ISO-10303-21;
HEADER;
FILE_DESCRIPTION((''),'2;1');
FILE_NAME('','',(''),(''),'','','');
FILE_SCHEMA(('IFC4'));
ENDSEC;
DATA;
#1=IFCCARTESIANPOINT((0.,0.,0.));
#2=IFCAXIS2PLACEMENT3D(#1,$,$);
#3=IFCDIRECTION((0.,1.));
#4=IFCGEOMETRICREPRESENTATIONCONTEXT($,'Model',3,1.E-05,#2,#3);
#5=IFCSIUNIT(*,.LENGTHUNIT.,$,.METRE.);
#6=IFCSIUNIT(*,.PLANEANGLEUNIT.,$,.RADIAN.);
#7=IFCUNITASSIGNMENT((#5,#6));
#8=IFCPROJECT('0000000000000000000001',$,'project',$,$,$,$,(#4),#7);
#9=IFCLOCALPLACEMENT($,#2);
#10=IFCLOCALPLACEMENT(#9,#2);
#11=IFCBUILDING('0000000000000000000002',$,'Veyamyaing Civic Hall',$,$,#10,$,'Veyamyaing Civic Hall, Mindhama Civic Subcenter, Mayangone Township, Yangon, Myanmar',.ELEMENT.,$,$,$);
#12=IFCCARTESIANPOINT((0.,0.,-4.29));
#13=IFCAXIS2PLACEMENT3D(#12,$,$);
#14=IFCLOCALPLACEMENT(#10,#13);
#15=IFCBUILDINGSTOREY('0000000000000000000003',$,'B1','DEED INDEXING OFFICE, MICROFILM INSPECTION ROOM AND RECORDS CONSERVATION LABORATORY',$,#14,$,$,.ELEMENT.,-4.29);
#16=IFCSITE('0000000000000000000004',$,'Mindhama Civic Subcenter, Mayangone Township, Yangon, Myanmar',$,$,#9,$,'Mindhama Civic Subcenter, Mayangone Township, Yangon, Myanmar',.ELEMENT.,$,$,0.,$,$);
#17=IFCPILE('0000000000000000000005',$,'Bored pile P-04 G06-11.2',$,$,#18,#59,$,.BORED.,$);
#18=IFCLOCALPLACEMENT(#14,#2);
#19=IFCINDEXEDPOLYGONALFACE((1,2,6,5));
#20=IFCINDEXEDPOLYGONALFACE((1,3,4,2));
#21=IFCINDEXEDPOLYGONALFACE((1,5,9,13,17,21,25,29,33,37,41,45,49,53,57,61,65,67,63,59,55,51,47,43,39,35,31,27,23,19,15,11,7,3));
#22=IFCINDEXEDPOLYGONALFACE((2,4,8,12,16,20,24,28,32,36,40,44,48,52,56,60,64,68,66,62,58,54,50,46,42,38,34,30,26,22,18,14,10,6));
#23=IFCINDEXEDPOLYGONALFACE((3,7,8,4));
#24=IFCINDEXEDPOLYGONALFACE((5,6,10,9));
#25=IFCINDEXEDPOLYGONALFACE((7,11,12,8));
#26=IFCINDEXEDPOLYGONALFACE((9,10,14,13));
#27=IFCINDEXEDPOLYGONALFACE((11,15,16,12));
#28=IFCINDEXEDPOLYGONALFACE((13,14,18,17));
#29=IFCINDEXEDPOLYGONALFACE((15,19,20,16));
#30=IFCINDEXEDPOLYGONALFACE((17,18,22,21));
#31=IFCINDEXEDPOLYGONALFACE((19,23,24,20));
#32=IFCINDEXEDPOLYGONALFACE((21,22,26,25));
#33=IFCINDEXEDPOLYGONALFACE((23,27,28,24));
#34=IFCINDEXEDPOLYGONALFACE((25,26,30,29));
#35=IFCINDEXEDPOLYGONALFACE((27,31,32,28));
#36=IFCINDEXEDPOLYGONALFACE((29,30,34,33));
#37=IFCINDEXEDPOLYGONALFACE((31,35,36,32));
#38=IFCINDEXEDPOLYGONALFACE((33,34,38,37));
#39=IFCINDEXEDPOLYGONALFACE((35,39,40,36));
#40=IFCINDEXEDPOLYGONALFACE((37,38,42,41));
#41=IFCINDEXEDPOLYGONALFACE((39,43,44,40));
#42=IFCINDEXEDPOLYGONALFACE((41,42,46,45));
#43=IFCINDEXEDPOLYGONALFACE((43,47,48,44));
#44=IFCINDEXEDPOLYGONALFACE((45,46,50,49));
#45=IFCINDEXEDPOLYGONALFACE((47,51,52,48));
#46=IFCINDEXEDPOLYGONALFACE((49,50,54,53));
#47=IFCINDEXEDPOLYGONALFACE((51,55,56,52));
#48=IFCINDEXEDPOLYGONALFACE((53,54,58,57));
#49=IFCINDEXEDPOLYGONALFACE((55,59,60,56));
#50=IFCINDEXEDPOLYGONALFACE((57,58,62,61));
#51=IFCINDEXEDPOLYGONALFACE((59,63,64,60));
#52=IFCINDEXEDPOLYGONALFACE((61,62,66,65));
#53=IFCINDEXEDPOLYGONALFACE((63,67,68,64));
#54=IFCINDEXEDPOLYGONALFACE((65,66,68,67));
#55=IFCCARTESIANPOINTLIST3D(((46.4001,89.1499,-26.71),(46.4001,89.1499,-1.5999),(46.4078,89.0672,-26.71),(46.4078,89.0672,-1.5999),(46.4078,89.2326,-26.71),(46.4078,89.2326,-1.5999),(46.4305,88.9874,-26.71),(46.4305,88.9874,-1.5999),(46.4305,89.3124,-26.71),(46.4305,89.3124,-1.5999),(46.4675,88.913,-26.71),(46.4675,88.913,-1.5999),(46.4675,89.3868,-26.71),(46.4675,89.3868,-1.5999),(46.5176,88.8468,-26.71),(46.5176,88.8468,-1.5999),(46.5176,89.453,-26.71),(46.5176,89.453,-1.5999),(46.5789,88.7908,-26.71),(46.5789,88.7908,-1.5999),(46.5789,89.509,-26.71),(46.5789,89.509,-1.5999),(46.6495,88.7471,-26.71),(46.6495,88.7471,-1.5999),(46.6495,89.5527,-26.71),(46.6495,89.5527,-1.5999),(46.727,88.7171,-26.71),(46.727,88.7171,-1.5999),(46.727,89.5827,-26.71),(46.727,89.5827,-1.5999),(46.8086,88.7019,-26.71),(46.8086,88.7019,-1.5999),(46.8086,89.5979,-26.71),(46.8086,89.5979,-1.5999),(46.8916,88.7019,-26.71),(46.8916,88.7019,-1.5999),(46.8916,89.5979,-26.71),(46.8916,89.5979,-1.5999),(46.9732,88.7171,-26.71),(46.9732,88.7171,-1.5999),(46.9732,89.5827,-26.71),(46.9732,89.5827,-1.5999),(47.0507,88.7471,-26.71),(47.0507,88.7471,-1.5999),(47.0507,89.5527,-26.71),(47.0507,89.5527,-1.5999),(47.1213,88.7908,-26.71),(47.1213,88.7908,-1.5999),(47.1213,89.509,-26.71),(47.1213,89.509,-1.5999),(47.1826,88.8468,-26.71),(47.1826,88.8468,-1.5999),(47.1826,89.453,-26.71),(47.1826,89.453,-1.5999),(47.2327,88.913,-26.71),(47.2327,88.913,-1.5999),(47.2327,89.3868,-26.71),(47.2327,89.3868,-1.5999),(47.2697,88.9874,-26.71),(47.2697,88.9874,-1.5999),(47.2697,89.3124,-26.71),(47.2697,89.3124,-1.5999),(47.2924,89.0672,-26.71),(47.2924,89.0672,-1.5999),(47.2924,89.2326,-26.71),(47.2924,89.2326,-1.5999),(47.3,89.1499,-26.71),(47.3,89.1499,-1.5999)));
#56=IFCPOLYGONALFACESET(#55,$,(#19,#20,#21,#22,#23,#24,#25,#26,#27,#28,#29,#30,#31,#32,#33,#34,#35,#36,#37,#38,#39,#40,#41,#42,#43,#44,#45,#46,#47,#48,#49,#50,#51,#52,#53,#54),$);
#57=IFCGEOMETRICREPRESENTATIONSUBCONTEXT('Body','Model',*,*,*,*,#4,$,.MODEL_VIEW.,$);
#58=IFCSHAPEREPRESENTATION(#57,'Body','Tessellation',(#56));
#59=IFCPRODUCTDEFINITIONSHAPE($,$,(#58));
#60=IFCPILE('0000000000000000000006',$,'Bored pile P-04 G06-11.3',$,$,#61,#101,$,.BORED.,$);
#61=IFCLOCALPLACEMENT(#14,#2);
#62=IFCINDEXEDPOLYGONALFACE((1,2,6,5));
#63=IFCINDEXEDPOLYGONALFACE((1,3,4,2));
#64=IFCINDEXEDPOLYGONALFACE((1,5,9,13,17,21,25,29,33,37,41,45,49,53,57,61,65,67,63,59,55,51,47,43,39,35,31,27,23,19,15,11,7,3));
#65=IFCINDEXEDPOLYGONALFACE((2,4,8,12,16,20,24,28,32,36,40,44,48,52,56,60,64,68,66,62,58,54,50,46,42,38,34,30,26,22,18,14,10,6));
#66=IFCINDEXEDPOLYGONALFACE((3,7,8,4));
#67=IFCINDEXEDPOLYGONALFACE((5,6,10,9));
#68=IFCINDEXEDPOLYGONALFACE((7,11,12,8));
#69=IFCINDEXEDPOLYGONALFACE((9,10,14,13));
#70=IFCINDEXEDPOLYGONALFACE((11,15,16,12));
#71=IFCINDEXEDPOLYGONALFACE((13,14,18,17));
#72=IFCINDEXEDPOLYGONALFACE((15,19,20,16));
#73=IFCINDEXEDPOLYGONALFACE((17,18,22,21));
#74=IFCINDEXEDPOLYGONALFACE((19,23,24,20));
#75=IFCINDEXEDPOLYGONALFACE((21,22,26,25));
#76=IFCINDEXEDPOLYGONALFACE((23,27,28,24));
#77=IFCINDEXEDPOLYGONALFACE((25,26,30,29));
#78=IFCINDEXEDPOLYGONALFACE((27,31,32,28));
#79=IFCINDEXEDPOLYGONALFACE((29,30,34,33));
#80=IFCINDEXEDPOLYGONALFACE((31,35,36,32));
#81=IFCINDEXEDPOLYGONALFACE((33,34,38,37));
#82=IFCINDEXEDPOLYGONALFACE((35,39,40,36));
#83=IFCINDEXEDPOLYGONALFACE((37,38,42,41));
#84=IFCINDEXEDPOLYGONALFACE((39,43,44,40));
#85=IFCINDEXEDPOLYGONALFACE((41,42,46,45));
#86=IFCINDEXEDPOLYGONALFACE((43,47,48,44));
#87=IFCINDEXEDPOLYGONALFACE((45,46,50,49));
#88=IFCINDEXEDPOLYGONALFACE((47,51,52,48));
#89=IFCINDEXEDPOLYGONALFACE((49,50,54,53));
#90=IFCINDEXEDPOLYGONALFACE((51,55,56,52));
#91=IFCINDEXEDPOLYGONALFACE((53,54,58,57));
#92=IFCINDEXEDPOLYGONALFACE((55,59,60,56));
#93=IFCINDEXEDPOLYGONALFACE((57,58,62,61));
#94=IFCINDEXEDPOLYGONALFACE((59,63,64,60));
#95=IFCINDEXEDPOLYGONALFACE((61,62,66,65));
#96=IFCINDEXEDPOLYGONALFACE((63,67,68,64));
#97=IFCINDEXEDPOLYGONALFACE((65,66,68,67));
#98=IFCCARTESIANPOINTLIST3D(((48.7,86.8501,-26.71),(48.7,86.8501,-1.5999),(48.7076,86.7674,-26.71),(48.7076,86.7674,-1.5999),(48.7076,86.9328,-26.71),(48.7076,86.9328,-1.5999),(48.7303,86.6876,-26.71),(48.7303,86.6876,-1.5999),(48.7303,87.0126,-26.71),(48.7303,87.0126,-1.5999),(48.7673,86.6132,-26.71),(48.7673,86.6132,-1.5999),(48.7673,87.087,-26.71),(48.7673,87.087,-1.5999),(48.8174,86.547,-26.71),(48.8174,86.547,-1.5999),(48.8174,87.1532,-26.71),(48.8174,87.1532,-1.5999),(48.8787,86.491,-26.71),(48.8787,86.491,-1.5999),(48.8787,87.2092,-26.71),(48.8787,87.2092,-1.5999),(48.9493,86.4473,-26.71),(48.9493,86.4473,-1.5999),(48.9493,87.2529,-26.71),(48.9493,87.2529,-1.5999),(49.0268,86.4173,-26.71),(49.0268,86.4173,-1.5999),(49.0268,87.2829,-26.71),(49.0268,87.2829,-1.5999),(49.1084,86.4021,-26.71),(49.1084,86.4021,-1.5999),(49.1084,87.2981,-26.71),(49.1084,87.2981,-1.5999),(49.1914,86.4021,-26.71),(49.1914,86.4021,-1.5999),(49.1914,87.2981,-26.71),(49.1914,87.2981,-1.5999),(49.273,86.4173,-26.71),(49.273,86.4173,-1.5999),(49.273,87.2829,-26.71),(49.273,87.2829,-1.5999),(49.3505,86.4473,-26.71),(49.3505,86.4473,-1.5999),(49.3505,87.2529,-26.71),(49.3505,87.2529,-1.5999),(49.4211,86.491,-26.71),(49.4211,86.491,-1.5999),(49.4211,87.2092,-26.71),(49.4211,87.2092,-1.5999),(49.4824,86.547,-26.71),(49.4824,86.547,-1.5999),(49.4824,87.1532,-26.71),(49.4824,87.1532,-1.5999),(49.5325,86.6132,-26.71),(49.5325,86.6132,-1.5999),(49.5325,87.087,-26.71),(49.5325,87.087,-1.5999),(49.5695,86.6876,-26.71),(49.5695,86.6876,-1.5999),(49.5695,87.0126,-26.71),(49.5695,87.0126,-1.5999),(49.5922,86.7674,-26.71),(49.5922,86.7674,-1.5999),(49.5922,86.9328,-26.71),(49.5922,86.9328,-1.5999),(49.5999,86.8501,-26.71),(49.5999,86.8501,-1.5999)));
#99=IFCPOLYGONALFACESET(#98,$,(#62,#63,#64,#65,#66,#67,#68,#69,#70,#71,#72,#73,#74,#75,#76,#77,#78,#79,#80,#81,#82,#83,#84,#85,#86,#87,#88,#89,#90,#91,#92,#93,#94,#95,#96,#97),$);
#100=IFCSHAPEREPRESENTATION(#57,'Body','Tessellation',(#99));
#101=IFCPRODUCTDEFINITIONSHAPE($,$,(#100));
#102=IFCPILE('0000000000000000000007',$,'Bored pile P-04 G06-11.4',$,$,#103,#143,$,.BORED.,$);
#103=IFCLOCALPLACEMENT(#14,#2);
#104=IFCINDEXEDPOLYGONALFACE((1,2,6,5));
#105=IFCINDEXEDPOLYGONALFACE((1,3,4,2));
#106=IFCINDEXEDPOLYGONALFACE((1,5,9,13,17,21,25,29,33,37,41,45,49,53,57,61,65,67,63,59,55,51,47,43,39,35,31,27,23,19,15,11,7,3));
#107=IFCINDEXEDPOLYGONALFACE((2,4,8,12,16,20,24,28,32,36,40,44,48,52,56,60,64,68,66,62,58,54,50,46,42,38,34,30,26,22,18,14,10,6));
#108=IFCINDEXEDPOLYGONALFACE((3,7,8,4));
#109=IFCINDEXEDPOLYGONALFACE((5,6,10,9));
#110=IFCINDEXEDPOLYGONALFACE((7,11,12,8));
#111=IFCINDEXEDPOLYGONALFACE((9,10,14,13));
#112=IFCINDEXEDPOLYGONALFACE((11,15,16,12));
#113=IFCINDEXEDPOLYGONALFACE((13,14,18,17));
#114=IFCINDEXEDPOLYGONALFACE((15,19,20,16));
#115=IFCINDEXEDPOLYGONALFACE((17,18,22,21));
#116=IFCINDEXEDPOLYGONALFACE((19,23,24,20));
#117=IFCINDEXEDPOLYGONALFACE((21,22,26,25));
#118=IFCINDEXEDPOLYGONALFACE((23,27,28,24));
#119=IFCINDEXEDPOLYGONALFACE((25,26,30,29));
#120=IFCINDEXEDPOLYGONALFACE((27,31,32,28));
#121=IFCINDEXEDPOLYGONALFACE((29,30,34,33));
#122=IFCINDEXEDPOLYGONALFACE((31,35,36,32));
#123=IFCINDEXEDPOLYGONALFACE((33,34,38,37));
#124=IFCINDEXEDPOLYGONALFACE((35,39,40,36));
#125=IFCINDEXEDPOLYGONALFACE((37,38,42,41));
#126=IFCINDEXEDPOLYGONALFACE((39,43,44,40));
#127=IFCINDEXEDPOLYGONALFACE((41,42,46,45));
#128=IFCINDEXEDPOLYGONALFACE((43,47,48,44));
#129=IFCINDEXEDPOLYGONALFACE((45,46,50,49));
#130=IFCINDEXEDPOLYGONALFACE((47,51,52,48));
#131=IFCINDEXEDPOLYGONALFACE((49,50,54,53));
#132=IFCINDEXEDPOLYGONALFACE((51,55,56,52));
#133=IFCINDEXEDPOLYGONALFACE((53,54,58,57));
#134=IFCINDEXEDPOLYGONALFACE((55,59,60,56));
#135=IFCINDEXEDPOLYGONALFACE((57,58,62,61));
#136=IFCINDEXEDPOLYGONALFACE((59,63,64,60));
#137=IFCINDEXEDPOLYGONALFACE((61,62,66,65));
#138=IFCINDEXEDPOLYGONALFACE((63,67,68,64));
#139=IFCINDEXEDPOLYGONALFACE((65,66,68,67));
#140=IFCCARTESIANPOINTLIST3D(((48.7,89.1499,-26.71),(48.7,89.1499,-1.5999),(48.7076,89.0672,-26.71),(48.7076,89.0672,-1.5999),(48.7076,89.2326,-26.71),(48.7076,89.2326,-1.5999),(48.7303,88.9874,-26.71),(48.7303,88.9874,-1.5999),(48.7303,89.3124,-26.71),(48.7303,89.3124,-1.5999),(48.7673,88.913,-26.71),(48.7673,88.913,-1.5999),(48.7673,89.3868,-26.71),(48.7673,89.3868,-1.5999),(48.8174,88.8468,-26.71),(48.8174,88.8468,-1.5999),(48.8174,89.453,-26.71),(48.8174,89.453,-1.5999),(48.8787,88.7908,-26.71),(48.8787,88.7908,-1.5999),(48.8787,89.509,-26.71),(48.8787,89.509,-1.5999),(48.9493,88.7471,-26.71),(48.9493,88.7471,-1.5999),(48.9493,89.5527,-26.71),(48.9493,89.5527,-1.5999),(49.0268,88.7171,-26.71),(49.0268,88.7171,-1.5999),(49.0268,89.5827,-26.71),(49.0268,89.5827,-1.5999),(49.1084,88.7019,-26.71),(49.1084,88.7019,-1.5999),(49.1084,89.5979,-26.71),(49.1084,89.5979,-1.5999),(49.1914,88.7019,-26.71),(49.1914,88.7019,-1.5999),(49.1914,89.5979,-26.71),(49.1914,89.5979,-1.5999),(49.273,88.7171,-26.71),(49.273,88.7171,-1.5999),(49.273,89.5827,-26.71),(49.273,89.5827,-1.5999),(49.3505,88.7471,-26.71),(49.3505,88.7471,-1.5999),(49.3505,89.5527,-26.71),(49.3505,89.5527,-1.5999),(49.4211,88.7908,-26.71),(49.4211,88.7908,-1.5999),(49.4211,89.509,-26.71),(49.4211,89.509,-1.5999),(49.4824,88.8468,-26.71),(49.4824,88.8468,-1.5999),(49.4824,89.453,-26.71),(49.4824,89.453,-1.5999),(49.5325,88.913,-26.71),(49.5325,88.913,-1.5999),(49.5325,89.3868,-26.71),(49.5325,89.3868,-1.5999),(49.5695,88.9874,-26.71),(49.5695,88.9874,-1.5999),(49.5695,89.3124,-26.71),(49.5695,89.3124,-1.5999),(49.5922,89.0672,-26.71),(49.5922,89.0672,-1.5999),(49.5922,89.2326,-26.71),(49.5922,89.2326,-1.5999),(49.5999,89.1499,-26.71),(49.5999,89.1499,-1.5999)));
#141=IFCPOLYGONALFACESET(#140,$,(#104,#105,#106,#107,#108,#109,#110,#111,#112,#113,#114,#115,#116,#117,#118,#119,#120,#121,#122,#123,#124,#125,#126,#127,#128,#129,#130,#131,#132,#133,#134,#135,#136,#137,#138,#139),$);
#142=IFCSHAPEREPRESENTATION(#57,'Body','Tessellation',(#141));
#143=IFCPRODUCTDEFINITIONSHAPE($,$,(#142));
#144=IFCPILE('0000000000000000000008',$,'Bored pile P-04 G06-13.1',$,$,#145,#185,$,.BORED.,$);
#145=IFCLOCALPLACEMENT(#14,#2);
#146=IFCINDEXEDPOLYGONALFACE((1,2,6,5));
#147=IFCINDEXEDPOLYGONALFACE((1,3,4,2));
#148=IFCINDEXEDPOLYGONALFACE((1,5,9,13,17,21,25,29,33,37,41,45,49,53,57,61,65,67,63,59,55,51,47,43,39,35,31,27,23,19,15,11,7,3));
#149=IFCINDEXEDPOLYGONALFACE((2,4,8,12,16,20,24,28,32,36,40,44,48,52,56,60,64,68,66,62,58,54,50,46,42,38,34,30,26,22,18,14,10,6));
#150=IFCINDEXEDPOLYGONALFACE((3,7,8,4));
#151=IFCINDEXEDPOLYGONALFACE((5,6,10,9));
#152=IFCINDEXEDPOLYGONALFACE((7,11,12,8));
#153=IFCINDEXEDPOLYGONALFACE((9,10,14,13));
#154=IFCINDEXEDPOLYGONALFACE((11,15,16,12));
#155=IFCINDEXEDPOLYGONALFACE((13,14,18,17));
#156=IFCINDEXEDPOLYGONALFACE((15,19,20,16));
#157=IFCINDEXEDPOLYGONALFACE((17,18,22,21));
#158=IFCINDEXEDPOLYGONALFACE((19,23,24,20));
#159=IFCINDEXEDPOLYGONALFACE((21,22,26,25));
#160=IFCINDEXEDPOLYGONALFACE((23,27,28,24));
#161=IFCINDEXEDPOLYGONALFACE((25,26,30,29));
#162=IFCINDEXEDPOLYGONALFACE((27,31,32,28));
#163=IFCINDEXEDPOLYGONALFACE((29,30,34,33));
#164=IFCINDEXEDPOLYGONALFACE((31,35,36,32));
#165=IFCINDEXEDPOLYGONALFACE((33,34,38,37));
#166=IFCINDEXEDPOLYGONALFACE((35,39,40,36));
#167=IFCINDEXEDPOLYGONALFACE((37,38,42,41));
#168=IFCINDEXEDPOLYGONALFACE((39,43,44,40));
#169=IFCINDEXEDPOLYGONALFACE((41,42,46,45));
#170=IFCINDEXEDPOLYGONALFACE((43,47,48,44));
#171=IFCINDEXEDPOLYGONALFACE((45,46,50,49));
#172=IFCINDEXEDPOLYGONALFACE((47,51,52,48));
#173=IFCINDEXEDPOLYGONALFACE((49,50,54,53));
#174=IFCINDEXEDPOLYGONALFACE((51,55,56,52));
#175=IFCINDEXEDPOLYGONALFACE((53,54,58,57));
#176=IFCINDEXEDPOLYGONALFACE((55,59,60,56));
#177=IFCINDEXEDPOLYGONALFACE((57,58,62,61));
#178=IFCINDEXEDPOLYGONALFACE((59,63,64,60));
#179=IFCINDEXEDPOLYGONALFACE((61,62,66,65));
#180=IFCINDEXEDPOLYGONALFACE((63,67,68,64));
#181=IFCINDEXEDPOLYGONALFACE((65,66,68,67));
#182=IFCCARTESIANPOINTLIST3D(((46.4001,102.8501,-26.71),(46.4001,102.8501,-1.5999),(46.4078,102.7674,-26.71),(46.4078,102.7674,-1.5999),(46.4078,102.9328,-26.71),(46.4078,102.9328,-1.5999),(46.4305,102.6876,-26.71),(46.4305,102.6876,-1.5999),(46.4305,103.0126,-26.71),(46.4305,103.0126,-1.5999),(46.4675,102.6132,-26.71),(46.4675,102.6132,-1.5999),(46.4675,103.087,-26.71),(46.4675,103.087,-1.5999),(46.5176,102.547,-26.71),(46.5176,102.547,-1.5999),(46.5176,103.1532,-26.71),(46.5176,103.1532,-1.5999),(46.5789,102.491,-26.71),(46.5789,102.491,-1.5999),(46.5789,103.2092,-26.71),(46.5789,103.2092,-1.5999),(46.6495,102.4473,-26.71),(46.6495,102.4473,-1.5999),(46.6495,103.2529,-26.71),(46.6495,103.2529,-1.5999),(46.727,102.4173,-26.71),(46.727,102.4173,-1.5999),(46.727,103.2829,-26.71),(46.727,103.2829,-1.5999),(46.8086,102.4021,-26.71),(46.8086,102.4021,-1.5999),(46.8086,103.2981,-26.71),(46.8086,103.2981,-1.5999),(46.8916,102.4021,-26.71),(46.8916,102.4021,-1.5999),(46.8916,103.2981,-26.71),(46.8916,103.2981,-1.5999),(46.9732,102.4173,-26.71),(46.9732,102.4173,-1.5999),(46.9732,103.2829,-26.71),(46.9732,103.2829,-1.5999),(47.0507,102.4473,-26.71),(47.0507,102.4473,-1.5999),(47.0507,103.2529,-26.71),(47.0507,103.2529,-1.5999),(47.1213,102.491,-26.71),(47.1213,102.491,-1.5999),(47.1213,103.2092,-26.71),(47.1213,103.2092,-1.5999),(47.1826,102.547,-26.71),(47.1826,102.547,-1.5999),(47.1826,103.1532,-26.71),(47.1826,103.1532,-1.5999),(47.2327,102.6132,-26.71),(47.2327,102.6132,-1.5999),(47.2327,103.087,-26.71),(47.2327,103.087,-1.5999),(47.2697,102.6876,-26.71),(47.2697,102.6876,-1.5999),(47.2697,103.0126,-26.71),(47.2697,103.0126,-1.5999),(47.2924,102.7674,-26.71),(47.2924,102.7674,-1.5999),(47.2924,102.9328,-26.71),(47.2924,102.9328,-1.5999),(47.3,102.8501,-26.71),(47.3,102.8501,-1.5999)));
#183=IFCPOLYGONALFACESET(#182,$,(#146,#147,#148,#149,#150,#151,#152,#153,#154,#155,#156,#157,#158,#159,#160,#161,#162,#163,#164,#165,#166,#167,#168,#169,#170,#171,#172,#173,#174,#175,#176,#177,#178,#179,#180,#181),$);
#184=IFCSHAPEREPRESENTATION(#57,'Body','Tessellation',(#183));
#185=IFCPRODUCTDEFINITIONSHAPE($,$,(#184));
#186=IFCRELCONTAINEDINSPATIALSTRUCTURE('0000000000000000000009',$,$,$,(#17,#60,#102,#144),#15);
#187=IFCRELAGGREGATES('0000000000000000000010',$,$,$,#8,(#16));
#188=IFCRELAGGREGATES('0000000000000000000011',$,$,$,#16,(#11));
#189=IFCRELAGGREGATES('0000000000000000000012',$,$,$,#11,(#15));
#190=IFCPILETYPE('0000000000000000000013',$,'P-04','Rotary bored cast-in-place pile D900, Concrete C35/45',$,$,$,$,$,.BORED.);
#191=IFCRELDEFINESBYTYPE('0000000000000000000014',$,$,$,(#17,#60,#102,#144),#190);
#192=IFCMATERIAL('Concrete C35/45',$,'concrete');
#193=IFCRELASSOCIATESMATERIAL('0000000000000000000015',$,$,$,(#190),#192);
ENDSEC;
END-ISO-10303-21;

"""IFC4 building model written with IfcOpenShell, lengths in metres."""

from ifc_helpers import new_model, si_unit, direction, frame, origin, origin_2d, place, context, subcontext, project, spatial, circle, extrude, material, material_profile, profile_set, type_object, element, save


model = new_model("IFC4")

# Units and contexts
model_context = context("Model", 3, precision=1e-05, world=origin(), true_north=direction((0.0, 1.0)))
body_context = subcontext(model_context, "Body", "Model", "MODEL_VIEW")
ifc_project = project(units=[si_unit("LENGTHUNIT", "METRE"), si_unit("PLANEANGLEUNIT", "RADIAN")], contexts=[model_context])

# Site, building, storey
site_placement = place(None, origin())
site = spatial("IfcSite", under=ifc_project, at=site_placement, Name="Mindhama Civic Subcenter, Mayangone Township, Yangon, Myanmar", LongName="Mindhama Civic Subcenter, Mayangone Township, Yangon, Myanmar", CompositionType="ELEMENT", RefElevation=0.0)
building_placement = place(site_placement, origin())
building = spatial("IfcBuilding", under=site, at=building_placement, Name="Veyamyaing Civic Hall", LongName="Veyamyaing Civic Hall, Mindhama Civic Subcenter, Mayangone Township, Yangon, Myanmar", CompositionType="ELEMENT")
storey_placement = place(building_placement, frame((0.0, 0.0, -4.29)))
storey = spatial("IfcBuildingStorey", under=building, at=storey_placement, Name="B1", Description="DEED INDEXING OFFICE, MICROFILM INSPECTION ROOM AND RECORDS CONSERVATION LABORATORY", CompositionType="ELEMENT", Elevation=-4.29)

# Piles
ifc_material_1 = material(Name="Concrete C35/45", Category="concrete")
ifc_material_profile_1 = material_profile(ifc_material_1, circle(Radius=0.45, at=origin_2d()), Name="PILE-D900")
ifc_profile_set_1 = profile_set([ifc_material_profile_1], Name="Concrete C35/45")
pile_type_1 = type_object("IfcPileType", Name="P-04", Description="Rotary bored cast-in-place pile D900, Concrete C35/45", PredefinedType="BORED", material=ifc_profile_set_1)
for number, where, z_axis, x_axis, name in (
    (1, (46.8501, 89.1499, -1.5999), (0.0, 0.0, -1.0), (1.0, 0.0, 0.0), "Bored pile P-04 G06-11.2"),
    (2, (49.1499, 86.8501, -1.5999), (0.0, 0.0, -1.0), (1.0, 0.0, 0.0), "Bored pile P-04 G06-11.3"),
    (3, (49.1499, 89.1499, -1.5999), (0.0, 0.0, -1.0), (1.0, 0.0, 0.0), "Bored pile P-04 G06-11.4"),
    (4, (46.8501, 102.8501, -1.5999), (0.0, 0.0, -1.0), (1.0, 0.0, 0.0), "Bored pile P-04 G06-13.1"),
):
    element("IfcPile", number, at=place(storey_placement, frame(where, z_axis=z_axis, x_axis=x_axis)), inside=storey, type_object=pile_type_1, Name=name, PredefinedType="BORED", context=body_context, shape_type="SweptSolid", body=[
        extrude(circle(Radius=0.45, at=origin_2d()), origin(), (0.0, 0.0, 1.0), 25.1101),
    ])

save(model, "model.ifc")
